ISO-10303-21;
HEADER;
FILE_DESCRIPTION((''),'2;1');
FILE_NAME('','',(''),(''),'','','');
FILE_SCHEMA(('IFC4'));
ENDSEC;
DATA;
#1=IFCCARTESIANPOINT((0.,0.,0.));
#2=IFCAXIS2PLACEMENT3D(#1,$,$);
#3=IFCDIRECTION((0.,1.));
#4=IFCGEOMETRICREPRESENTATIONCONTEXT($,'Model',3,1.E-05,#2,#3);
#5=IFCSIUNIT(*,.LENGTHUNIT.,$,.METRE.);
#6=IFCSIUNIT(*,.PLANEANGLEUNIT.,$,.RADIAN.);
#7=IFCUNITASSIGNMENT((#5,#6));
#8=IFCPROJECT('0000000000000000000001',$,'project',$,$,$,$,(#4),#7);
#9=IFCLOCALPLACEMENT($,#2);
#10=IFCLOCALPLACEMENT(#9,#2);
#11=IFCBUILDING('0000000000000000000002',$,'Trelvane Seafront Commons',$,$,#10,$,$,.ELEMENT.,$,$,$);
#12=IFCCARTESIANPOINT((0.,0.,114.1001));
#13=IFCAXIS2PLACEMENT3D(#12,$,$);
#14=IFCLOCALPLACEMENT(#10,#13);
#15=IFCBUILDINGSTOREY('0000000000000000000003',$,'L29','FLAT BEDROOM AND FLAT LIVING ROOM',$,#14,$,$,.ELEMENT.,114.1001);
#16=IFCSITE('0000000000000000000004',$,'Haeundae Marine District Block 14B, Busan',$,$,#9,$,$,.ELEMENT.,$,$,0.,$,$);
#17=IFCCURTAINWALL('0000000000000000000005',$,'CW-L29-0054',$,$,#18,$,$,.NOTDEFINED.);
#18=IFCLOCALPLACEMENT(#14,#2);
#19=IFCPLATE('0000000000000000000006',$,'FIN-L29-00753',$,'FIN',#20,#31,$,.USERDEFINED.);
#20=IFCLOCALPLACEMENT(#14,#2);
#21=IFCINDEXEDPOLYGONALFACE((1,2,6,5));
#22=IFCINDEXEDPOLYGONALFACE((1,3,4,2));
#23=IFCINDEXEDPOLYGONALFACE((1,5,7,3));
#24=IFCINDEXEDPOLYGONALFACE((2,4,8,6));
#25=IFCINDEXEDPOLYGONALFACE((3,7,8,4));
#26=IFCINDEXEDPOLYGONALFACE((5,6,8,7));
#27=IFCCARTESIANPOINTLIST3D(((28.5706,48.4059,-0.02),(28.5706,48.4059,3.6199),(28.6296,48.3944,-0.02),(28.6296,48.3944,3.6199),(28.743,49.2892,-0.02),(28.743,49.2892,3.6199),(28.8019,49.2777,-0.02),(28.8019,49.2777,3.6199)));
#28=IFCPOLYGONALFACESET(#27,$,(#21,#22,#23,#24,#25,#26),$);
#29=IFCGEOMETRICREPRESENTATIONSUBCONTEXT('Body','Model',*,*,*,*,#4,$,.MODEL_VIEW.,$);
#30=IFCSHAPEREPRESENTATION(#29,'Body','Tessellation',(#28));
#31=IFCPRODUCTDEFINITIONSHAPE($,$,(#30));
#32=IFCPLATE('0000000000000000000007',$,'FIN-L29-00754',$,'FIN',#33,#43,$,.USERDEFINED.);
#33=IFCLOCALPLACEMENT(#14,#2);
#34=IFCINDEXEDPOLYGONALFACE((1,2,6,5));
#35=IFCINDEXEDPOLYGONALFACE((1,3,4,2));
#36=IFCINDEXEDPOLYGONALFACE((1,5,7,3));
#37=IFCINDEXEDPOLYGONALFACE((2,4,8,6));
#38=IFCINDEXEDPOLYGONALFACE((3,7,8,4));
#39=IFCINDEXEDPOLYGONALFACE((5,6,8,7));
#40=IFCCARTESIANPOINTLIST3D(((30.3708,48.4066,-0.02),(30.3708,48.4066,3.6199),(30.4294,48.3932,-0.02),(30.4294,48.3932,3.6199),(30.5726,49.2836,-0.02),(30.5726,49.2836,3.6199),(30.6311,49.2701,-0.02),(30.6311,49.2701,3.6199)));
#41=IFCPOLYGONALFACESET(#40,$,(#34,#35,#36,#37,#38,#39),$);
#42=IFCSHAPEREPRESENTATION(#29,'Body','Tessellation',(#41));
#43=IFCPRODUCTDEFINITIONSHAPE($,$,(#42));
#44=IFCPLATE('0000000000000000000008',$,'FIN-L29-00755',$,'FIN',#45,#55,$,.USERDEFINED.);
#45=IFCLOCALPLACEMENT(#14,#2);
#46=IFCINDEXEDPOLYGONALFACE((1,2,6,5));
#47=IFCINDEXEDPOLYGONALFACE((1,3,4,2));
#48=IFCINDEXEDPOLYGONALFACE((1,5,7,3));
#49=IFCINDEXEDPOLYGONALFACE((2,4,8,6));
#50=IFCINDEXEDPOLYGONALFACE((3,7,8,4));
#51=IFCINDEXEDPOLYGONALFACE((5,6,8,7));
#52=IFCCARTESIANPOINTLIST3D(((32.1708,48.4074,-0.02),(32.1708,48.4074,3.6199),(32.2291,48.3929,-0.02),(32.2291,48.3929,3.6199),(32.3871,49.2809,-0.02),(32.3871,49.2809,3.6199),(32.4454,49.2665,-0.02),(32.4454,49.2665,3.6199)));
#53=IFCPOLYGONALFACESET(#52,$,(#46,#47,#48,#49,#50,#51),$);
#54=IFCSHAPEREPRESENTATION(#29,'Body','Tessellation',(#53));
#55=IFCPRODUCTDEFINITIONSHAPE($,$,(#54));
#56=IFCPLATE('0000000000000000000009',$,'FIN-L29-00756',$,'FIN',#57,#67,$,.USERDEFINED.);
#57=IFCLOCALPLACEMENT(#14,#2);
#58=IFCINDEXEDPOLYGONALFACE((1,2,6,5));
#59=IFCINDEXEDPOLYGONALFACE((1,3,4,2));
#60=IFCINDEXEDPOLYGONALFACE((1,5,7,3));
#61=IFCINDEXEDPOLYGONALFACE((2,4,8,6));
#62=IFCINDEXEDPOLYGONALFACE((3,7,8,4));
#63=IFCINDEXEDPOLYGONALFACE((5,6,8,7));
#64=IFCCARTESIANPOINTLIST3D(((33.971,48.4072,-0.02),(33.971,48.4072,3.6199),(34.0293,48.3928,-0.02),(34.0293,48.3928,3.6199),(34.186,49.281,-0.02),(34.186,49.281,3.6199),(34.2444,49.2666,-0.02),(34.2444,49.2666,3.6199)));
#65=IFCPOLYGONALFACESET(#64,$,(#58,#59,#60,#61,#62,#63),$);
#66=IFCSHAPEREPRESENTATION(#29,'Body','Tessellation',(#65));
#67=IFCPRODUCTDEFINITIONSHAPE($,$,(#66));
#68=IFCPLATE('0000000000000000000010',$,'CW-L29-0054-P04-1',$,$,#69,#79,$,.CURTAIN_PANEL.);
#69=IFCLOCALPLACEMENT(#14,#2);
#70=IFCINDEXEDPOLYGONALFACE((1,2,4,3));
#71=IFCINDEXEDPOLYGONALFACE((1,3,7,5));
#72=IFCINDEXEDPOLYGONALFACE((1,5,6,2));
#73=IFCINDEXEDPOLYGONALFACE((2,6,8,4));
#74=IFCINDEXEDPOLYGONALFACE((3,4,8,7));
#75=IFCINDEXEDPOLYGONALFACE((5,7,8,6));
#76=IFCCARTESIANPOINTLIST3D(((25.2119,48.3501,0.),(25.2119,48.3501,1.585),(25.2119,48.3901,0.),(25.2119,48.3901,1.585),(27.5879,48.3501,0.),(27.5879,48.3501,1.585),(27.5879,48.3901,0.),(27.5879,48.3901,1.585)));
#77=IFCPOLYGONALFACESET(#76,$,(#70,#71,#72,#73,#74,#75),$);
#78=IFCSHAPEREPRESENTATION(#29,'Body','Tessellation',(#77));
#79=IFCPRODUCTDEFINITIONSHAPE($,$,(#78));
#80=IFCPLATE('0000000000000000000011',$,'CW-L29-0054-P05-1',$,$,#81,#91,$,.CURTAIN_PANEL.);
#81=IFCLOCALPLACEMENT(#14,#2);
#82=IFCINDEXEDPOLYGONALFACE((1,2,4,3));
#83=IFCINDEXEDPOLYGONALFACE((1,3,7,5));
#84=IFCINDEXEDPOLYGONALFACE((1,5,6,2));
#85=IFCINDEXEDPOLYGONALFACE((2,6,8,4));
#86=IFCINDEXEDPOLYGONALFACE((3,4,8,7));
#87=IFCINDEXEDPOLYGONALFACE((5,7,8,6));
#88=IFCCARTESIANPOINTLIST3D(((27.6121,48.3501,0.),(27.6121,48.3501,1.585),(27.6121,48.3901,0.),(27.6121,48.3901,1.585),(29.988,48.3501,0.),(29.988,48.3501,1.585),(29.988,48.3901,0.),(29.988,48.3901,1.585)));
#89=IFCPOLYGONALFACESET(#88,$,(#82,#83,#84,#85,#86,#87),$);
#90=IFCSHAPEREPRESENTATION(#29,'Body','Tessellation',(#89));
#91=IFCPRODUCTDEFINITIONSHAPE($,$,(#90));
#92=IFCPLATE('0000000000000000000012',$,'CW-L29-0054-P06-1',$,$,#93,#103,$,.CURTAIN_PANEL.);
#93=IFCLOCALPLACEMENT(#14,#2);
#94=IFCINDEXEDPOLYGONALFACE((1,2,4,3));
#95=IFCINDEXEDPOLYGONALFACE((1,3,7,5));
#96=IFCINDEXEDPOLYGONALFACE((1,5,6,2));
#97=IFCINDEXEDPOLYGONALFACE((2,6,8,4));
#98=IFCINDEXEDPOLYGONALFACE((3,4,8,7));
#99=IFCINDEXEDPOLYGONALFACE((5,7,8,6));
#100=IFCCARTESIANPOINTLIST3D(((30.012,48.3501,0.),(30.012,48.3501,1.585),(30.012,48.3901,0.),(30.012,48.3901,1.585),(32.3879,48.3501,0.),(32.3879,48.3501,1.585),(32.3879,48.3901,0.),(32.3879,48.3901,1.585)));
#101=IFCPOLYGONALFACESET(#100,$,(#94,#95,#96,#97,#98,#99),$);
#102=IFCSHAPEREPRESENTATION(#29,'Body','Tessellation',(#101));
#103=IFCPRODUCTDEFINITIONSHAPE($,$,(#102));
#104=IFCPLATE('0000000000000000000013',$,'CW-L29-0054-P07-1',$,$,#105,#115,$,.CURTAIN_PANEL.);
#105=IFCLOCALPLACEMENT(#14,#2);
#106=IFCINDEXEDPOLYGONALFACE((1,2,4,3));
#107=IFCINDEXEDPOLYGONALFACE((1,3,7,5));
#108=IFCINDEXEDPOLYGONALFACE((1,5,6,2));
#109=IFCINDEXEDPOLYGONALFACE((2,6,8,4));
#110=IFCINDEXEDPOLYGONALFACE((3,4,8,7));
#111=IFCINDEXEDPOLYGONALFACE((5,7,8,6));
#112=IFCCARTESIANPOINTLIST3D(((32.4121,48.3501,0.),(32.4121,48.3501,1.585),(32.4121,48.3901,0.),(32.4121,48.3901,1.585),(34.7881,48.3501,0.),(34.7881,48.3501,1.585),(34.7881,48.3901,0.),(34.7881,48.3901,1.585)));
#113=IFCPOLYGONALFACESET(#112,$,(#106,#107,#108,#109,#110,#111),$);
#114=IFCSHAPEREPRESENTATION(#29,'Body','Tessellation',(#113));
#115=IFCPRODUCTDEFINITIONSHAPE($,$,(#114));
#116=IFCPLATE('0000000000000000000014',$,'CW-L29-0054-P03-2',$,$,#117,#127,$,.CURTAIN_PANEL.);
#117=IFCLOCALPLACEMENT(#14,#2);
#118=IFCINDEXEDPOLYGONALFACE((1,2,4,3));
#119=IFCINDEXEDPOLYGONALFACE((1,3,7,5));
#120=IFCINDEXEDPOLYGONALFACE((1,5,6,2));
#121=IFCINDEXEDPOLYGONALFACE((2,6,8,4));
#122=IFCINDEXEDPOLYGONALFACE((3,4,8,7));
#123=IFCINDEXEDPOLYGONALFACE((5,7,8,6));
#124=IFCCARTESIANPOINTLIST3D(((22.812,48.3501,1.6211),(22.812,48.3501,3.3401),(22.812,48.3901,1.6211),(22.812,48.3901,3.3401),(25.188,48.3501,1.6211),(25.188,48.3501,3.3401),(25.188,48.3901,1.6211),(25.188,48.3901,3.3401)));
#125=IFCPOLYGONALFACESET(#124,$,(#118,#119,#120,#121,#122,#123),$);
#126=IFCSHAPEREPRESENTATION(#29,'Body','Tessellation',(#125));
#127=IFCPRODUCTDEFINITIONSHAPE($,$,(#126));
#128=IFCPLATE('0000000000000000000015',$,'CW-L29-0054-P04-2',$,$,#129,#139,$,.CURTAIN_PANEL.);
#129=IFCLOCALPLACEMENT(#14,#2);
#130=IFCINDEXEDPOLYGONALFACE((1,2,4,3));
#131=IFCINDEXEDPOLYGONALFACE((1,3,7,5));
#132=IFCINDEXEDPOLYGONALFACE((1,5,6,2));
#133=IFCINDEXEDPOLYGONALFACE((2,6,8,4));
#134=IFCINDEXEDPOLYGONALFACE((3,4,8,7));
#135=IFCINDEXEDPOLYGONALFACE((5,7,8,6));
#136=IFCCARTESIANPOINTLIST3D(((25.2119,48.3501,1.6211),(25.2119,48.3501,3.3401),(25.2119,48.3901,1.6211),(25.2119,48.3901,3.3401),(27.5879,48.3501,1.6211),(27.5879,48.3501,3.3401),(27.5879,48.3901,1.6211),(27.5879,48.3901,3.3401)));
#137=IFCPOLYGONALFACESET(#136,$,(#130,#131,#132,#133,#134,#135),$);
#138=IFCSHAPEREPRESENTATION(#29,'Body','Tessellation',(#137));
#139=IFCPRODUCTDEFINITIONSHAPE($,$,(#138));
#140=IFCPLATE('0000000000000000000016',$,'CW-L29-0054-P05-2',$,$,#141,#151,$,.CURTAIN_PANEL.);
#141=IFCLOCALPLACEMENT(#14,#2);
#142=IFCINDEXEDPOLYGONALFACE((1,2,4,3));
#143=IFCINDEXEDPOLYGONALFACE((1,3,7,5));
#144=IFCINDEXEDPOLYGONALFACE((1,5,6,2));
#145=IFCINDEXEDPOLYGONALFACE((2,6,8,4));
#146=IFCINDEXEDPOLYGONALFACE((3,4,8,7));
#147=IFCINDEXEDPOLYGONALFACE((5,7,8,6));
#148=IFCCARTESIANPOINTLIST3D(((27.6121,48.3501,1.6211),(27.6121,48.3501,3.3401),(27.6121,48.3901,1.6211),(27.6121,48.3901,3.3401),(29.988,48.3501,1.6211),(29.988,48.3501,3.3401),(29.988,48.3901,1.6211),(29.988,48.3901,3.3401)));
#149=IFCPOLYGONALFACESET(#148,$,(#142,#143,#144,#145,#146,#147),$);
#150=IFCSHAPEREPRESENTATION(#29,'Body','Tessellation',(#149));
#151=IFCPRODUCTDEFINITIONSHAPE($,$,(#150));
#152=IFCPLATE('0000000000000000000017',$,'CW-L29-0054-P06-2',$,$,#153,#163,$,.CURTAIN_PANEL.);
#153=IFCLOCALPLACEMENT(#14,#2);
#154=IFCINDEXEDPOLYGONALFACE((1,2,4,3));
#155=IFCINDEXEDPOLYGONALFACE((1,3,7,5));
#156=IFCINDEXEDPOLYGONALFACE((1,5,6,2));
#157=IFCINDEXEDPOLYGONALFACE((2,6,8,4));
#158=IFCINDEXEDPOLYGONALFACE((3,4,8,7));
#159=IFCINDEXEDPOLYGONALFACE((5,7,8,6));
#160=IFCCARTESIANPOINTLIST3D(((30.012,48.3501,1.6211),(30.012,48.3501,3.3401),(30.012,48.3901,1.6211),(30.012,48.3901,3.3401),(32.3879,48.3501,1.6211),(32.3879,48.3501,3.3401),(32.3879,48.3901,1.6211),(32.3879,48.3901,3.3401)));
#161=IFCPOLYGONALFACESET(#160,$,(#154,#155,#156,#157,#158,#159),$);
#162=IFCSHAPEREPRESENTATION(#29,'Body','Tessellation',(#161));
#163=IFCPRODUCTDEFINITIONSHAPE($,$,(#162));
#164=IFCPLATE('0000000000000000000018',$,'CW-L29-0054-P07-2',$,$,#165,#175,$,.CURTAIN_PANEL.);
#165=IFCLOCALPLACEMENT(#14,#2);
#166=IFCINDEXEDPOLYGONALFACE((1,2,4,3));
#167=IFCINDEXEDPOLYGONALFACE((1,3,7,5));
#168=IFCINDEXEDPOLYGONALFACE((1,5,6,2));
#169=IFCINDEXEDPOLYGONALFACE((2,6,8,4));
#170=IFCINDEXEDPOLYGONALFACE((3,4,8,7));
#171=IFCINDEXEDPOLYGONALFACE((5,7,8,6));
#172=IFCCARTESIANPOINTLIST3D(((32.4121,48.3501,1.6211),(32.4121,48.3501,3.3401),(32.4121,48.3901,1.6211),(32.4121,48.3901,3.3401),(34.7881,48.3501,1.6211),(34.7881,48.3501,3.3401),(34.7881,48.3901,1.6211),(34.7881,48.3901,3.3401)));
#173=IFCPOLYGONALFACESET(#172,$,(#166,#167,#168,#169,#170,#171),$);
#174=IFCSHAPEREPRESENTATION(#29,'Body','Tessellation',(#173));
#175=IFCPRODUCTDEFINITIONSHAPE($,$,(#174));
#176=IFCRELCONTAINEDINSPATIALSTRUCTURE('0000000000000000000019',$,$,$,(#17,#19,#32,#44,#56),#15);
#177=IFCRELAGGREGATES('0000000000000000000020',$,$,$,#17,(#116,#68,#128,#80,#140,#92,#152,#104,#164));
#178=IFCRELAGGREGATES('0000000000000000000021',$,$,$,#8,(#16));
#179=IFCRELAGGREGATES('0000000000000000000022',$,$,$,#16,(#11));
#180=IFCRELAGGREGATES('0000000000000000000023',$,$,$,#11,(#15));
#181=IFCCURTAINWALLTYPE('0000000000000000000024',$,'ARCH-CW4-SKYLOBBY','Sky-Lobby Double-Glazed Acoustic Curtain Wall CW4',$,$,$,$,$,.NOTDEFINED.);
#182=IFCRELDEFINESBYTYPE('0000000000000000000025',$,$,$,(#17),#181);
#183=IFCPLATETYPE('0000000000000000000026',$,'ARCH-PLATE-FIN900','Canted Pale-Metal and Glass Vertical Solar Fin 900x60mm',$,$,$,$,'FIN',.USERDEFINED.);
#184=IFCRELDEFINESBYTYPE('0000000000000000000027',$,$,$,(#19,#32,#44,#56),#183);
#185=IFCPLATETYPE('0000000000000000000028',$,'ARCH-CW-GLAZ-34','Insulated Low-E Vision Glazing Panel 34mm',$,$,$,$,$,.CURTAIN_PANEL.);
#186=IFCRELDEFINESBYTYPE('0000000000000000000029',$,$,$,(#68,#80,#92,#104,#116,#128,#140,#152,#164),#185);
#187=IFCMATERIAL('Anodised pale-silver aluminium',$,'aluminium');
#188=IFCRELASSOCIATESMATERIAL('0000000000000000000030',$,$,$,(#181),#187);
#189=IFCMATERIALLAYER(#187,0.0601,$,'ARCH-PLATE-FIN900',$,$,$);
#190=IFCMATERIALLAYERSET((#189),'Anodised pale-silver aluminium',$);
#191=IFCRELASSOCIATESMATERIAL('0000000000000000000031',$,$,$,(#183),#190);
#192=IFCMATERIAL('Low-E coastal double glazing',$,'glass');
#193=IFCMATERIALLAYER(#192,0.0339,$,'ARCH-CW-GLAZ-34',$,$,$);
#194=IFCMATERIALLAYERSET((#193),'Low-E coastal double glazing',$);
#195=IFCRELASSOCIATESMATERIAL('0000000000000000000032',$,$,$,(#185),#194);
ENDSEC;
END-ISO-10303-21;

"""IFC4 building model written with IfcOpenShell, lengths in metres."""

from ifc_helpers import new_model, si_unit, direction, frame, origin, origin_2d, place, context, subcontext, project, spatial, rectangle, extrude, source, transform, mapped, material, layer, layer_set, type_object, element, aggregate, save


model = new_model("IFC4")

# Units and contexts
model_context = context("Model", 3, precision=1e-05, world=origin(), true_north=direction((0.0, 1.0)))
body_context = subcontext(model_context, "Body", "Model", "MODEL_VIEW")
ifc_project = project(units=[si_unit("LENGTHUNIT", "METRE"), si_unit("PLANEANGLEUNIT", "RADIAN")], contexts=[model_context])

# Site, building, storey
site_placement = place(None, origin())
site = spatial("IfcSite", under=ifc_project, at=site_placement, Name="Haeundae Marine District Block 14B, Busan", CompositionType="ELEMENT", RefElevation=0.0)
building_placement = place(site_placement, origin())
building = spatial("IfcBuilding", under=site, at=building_placement, Name="Trelvane Seafront Commons", CompositionType="ELEMENT")
storey_placement = place(building_placement, frame((0.0, 0.0, 114.1001)))
storey = spatial("IfcBuildingStorey", under=building, at=storey_placement, Name="L29", Description="FLAT BEDROOM AND FLAT LIVING ROOM", CompositionType="ELEMENT", Elevation=114.1001)

# Curtain wall
ifc_material_1 = material(Name="Anodised pale-silver aluminium", Category="aluminium")
curtain_wall_type = type_object("IfcCurtainWallType", Name="ARCH-CW4-SKYLOBBY", Description="Sky-Lobby Double-Glazed Acoustic Curtain Wall CW4", PredefinedType="NOTDEFINED", material=ifc_material_1)
curtain_wall_placement = place(storey_placement, origin())
curtain_wall = element("IfcCurtainWall", 1, at=curtain_wall_placement, inside=storey, type_object=curtain_wall_type, Name="CW-L29-0054", PredefinedType="NOTDEFINED")

# Plates
ifc_layer_1 = layer(ifc_material_1, 0.0601, Name="ARCH-PLATE-FIN900")
ifc_layer_set_1 = layer_set([ifc_layer_1], Name="Anodised pale-silver aluminium")
plate_type_1 = type_object("IfcPlateType", Name="ARCH-PLATE-FIN900", Description="Canted Pale-Metal and Glass Vertical Solar Fin 900x60mm", ElementType="FIN", PredefinedType="USERDEFINED", material=ifc_layer_set_1)
shared_shape_1 = source(origin(), body_context, "Body", "SweptSolid", [
    extrude(rectangle(XDim=0.8999, YDim=0.0601, at=origin_2d()), origin(), (0.0, 0.0, 1.0), 3.6399),
])
for number, where, z_axis, x_axis, name in (
    (2, (28.6863, 48.8418, -0.02), (0.0, 0.0, 1.0), (0.191563, 0.98148, 0.0), "FIN-L29-00753"),
    (3, (30.501, 48.8384, -0.02), (0.0, 0.0, 1.0), (0.224218, 0.974539, 0.0), "FIN-L29-00754"),
    (4, (32.3081, 48.8369, -0.02), (0.0, 0.0, 1.0), (0.240338, 0.970689, 0.0), "FIN-L29-00755"),
    (5, (34.1077, 48.8369, -0.02), (0.0, 0.0, 1.0), (0.239005, 0.971018, 0.0), "FIN-L29-00756"),
):
    element("IfcPlate", number, at=place(storey_placement, frame(where, z_axis=z_axis, x_axis=x_axis)), inside=storey, type_object=plate_type_1, Name=name, ObjectType="FIN", PredefinedType="USERDEFINED", context=body_context, shape_type="MappedRepresentation", body=[
        mapped(shared_shape_1, transform((0.0, 0.0, 0.0), x_axis=(1.0, 0.0, 0.0), y_axis=(0.0, 1.0, 0.0), z_axis=(0.0, 0.0, 1.0), scale=1.0)),
    ])

# Plates
ifc_material_2 = material(Name="Low-E coastal double glazing", Category="glass")
ifc_layer_2 = layer(ifc_material_2, 0.0339, Name="ARCH-CW-GLAZ-34")
ifc_layer_set_2 = layer_set([ifc_layer_2], Name="Low-E coastal double glazing")
plate_type_2 = type_object("IfcPlateType", Name="ARCH-CW-GLAZ-34", Description="Insulated Low-E Vision Glazing Panel 34mm", PredefinedType="CURTAIN_PANEL", material=ifc_layer_set_2)
shared_shape_2 = source(origin(), body_context, "Body", "SweptSolid", [
    extrude(rectangle(XDim=2.376, YDim=0.04, at=origin_2d()), origin(), (0.0, 0.0, 1.0), 1.585),
])
plate_1_placement = place(storey_placement, frame((26.3999, 48.3701, 0.0), z_axis=(0.0, 0.0, 1.0), x_axis=(1.0, 0.0, 0.0)))
plate_1 = element("IfcPlate", 6, at=plate_1_placement, type_object=plate_type_2, Name="CW-L29-0054-P04-1", PredefinedType="CURTAIN_PANEL", context=body_context, shape_type="MappedRepresentation", body=[
    mapped(shared_shape_2, transform((0.0, 0.0, 0.0), x_axis=(1.0, 0.0, 0.0), y_axis=(0.0, 1.0, 0.0), z_axis=(0.0, 0.0, 1.0), scale=1.0)),
])
plate_2_placement = place(storey_placement, frame((28.8, 48.3701, 0.0), z_axis=(0.0, 0.0, 1.0), x_axis=(1.0, 0.0, 0.0)))
plate_2 = element("IfcPlate", 7, at=plate_2_placement, type_object=plate_type_2, Name="CW-L29-0054-P05-1", PredefinedType="CURTAIN_PANEL", context=body_context, shape_type="MappedRepresentation", body=[
    mapped(shared_shape_2, transform((0.0, 0.0, 0.0), x_axis=(1.0, 0.0, 0.0), y_axis=(0.0, 1.0, 0.0), z_axis=(0.0, 0.0, 1.0), scale=1.0)),
])
plate_3_placement = place(storey_placement, frame((31.2, 48.3701, 0.0), z_axis=(0.0, 0.0, 1.0), x_axis=(1.0, 0.0, 0.0)))
plate_3 = element("IfcPlate", 8, at=plate_3_placement, type_object=plate_type_2, Name="CW-L29-0054-P06-1", PredefinedType="CURTAIN_PANEL", context=body_context, shape_type="MappedRepresentation", body=[
    mapped(shared_shape_2, transform((0.0, 0.0, 0.0), x_axis=(1.0, 0.0, 0.0), y_axis=(0.0, 1.0, 0.0), z_axis=(0.0, 0.0, 1.0), scale=1.0)),
])
plate_4_placement = place(storey_placement, frame((33.6001, 48.3701, 0.0), z_axis=(0.0, 0.0, 1.0), x_axis=(1.0, 0.0, 0.0)))
plate_4 = element("IfcPlate", 9, at=plate_4_placement, type_object=plate_type_2, Name="CW-L29-0054-P07-1", PredefinedType="CURTAIN_PANEL", context=body_context, shape_type="MappedRepresentation", body=[
    mapped(shared_shape_2, transform((0.0, 0.0, 0.0), x_axis=(1.0, 0.0, 0.0), y_axis=(0.0, 1.0, 0.0), z_axis=(0.0, 0.0, 1.0), scale=1.0)),
])
shared_shape_3 = source(origin(), body_context, "Body", "SweptSolid", [
    extrude(rectangle(XDim=2.376, YDim=0.04, at=origin_2d()), origin(), (0.0, 0.0, 1.0), 1.719),
])
plate_5_placement = place(storey_placement, frame((24.0, 48.3701, 1.6211), z_axis=(0.0, 0.0, 1.0), x_axis=(1.0, 0.0, 0.0)))
plate_5 = element("IfcPlate", 10, at=plate_5_placement, type_object=plate_type_2, Name="CW-L29-0054-P03-2", PredefinedType="CURTAIN_PANEL", context=body_context, shape_type="MappedRepresentation", body=[
    mapped(shared_shape_3, transform((0.0, 0.0, 0.0), x_axis=(1.0, 0.0, 0.0), y_axis=(0.0, 1.0, 0.0), z_axis=(0.0, 0.0, 1.0), scale=1.0)),
])
plate_6_placement = place(storey_placement, frame((26.3999, 48.3701, 1.6211), z_axis=(0.0, 0.0, 1.0), x_axis=(1.0, 0.0, 0.0)))
plate_6 = element("IfcPlate", 11, at=plate_6_placement, type_object=plate_type_2, Name="CW-L29-0054-P04-2", PredefinedType="CURTAIN_PANEL", context=body_context, shape_type="MappedRepresentation", body=[
    mapped(shared_shape_3, transform((0.0, 0.0, 0.0), x_axis=(1.0, 0.0, 0.0), y_axis=(0.0, 1.0, 0.0), z_axis=(0.0, 0.0, 1.0), scale=1.0)),
])
plate_7_placement = place(storey_placement, frame((28.8, 48.3701, 1.6211), z_axis=(0.0, 0.0, 1.0), x_axis=(1.0, 0.0, 0.0)))
plate_7 = element("IfcPlate", 12, at=plate_7_placement, type_object=plate_type_2, Name="CW-L29-0054-P05-2", PredefinedType="CURTAIN_PANEL", context=body_context, shape_type="MappedRepresentation", body=[
    mapped(shared_shape_3, transform((0.0, 0.0, 0.0), x_axis=(1.0, 0.0, 0.0), y_axis=(0.0, 1.0, 0.0), z_axis=(0.0, 0.0, 1.0), scale=1.0)),
])
plate_8_placement = place(storey_placement, frame((31.2, 48.3701, 1.6211), z_axis=(0.0, 0.0, 1.0), x_axis=(1.0, 0.0, 0.0)))
plate_8 = element("IfcPlate", 13, at=plate_8_placement, type_object=plate_type_2, Name="CW-L29-0054-P06-2", PredefinedType="CURTAIN_PANEL", context=body_context, shape_type="MappedRepresentation", body=[
    mapped(shared_shape_3, transform((0.0, 0.0, 0.0), x_axis=(1.0, 0.0, 0.0), y_axis=(0.0, 1.0, 0.0), z_axis=(0.0, 0.0, 1.0), scale=1.0)),
])
plate_9_placement = place(storey_placement, frame((33.6001, 48.3701, 1.6211), z_axis=(0.0, 0.0, 1.0), x_axis=(1.0, 0.0, 0.0)))
plate_9 = element("IfcPlate", 14, at=plate_9_placement, type_object=plate_type_2, Name="CW-L29-0054-P07-2", PredefinedType="CURTAIN_PANEL", context=body_context, shape_type="MappedRepresentation", body=[
    mapped(shared_shape_3, transform((0.0, 0.0, 0.0), x_axis=(1.0, 0.0, 0.0), y_axis=(0.0, 1.0, 0.0), z_axis=(0.0, 0.0, 1.0), scale=1.0)),
])
aggregate(curtain_wall, [plate_5, plate_1, plate_6, plate_2, plate_7, plate_3, plate_8, plate_4, plate_9])

save(model, "model.ifc")
